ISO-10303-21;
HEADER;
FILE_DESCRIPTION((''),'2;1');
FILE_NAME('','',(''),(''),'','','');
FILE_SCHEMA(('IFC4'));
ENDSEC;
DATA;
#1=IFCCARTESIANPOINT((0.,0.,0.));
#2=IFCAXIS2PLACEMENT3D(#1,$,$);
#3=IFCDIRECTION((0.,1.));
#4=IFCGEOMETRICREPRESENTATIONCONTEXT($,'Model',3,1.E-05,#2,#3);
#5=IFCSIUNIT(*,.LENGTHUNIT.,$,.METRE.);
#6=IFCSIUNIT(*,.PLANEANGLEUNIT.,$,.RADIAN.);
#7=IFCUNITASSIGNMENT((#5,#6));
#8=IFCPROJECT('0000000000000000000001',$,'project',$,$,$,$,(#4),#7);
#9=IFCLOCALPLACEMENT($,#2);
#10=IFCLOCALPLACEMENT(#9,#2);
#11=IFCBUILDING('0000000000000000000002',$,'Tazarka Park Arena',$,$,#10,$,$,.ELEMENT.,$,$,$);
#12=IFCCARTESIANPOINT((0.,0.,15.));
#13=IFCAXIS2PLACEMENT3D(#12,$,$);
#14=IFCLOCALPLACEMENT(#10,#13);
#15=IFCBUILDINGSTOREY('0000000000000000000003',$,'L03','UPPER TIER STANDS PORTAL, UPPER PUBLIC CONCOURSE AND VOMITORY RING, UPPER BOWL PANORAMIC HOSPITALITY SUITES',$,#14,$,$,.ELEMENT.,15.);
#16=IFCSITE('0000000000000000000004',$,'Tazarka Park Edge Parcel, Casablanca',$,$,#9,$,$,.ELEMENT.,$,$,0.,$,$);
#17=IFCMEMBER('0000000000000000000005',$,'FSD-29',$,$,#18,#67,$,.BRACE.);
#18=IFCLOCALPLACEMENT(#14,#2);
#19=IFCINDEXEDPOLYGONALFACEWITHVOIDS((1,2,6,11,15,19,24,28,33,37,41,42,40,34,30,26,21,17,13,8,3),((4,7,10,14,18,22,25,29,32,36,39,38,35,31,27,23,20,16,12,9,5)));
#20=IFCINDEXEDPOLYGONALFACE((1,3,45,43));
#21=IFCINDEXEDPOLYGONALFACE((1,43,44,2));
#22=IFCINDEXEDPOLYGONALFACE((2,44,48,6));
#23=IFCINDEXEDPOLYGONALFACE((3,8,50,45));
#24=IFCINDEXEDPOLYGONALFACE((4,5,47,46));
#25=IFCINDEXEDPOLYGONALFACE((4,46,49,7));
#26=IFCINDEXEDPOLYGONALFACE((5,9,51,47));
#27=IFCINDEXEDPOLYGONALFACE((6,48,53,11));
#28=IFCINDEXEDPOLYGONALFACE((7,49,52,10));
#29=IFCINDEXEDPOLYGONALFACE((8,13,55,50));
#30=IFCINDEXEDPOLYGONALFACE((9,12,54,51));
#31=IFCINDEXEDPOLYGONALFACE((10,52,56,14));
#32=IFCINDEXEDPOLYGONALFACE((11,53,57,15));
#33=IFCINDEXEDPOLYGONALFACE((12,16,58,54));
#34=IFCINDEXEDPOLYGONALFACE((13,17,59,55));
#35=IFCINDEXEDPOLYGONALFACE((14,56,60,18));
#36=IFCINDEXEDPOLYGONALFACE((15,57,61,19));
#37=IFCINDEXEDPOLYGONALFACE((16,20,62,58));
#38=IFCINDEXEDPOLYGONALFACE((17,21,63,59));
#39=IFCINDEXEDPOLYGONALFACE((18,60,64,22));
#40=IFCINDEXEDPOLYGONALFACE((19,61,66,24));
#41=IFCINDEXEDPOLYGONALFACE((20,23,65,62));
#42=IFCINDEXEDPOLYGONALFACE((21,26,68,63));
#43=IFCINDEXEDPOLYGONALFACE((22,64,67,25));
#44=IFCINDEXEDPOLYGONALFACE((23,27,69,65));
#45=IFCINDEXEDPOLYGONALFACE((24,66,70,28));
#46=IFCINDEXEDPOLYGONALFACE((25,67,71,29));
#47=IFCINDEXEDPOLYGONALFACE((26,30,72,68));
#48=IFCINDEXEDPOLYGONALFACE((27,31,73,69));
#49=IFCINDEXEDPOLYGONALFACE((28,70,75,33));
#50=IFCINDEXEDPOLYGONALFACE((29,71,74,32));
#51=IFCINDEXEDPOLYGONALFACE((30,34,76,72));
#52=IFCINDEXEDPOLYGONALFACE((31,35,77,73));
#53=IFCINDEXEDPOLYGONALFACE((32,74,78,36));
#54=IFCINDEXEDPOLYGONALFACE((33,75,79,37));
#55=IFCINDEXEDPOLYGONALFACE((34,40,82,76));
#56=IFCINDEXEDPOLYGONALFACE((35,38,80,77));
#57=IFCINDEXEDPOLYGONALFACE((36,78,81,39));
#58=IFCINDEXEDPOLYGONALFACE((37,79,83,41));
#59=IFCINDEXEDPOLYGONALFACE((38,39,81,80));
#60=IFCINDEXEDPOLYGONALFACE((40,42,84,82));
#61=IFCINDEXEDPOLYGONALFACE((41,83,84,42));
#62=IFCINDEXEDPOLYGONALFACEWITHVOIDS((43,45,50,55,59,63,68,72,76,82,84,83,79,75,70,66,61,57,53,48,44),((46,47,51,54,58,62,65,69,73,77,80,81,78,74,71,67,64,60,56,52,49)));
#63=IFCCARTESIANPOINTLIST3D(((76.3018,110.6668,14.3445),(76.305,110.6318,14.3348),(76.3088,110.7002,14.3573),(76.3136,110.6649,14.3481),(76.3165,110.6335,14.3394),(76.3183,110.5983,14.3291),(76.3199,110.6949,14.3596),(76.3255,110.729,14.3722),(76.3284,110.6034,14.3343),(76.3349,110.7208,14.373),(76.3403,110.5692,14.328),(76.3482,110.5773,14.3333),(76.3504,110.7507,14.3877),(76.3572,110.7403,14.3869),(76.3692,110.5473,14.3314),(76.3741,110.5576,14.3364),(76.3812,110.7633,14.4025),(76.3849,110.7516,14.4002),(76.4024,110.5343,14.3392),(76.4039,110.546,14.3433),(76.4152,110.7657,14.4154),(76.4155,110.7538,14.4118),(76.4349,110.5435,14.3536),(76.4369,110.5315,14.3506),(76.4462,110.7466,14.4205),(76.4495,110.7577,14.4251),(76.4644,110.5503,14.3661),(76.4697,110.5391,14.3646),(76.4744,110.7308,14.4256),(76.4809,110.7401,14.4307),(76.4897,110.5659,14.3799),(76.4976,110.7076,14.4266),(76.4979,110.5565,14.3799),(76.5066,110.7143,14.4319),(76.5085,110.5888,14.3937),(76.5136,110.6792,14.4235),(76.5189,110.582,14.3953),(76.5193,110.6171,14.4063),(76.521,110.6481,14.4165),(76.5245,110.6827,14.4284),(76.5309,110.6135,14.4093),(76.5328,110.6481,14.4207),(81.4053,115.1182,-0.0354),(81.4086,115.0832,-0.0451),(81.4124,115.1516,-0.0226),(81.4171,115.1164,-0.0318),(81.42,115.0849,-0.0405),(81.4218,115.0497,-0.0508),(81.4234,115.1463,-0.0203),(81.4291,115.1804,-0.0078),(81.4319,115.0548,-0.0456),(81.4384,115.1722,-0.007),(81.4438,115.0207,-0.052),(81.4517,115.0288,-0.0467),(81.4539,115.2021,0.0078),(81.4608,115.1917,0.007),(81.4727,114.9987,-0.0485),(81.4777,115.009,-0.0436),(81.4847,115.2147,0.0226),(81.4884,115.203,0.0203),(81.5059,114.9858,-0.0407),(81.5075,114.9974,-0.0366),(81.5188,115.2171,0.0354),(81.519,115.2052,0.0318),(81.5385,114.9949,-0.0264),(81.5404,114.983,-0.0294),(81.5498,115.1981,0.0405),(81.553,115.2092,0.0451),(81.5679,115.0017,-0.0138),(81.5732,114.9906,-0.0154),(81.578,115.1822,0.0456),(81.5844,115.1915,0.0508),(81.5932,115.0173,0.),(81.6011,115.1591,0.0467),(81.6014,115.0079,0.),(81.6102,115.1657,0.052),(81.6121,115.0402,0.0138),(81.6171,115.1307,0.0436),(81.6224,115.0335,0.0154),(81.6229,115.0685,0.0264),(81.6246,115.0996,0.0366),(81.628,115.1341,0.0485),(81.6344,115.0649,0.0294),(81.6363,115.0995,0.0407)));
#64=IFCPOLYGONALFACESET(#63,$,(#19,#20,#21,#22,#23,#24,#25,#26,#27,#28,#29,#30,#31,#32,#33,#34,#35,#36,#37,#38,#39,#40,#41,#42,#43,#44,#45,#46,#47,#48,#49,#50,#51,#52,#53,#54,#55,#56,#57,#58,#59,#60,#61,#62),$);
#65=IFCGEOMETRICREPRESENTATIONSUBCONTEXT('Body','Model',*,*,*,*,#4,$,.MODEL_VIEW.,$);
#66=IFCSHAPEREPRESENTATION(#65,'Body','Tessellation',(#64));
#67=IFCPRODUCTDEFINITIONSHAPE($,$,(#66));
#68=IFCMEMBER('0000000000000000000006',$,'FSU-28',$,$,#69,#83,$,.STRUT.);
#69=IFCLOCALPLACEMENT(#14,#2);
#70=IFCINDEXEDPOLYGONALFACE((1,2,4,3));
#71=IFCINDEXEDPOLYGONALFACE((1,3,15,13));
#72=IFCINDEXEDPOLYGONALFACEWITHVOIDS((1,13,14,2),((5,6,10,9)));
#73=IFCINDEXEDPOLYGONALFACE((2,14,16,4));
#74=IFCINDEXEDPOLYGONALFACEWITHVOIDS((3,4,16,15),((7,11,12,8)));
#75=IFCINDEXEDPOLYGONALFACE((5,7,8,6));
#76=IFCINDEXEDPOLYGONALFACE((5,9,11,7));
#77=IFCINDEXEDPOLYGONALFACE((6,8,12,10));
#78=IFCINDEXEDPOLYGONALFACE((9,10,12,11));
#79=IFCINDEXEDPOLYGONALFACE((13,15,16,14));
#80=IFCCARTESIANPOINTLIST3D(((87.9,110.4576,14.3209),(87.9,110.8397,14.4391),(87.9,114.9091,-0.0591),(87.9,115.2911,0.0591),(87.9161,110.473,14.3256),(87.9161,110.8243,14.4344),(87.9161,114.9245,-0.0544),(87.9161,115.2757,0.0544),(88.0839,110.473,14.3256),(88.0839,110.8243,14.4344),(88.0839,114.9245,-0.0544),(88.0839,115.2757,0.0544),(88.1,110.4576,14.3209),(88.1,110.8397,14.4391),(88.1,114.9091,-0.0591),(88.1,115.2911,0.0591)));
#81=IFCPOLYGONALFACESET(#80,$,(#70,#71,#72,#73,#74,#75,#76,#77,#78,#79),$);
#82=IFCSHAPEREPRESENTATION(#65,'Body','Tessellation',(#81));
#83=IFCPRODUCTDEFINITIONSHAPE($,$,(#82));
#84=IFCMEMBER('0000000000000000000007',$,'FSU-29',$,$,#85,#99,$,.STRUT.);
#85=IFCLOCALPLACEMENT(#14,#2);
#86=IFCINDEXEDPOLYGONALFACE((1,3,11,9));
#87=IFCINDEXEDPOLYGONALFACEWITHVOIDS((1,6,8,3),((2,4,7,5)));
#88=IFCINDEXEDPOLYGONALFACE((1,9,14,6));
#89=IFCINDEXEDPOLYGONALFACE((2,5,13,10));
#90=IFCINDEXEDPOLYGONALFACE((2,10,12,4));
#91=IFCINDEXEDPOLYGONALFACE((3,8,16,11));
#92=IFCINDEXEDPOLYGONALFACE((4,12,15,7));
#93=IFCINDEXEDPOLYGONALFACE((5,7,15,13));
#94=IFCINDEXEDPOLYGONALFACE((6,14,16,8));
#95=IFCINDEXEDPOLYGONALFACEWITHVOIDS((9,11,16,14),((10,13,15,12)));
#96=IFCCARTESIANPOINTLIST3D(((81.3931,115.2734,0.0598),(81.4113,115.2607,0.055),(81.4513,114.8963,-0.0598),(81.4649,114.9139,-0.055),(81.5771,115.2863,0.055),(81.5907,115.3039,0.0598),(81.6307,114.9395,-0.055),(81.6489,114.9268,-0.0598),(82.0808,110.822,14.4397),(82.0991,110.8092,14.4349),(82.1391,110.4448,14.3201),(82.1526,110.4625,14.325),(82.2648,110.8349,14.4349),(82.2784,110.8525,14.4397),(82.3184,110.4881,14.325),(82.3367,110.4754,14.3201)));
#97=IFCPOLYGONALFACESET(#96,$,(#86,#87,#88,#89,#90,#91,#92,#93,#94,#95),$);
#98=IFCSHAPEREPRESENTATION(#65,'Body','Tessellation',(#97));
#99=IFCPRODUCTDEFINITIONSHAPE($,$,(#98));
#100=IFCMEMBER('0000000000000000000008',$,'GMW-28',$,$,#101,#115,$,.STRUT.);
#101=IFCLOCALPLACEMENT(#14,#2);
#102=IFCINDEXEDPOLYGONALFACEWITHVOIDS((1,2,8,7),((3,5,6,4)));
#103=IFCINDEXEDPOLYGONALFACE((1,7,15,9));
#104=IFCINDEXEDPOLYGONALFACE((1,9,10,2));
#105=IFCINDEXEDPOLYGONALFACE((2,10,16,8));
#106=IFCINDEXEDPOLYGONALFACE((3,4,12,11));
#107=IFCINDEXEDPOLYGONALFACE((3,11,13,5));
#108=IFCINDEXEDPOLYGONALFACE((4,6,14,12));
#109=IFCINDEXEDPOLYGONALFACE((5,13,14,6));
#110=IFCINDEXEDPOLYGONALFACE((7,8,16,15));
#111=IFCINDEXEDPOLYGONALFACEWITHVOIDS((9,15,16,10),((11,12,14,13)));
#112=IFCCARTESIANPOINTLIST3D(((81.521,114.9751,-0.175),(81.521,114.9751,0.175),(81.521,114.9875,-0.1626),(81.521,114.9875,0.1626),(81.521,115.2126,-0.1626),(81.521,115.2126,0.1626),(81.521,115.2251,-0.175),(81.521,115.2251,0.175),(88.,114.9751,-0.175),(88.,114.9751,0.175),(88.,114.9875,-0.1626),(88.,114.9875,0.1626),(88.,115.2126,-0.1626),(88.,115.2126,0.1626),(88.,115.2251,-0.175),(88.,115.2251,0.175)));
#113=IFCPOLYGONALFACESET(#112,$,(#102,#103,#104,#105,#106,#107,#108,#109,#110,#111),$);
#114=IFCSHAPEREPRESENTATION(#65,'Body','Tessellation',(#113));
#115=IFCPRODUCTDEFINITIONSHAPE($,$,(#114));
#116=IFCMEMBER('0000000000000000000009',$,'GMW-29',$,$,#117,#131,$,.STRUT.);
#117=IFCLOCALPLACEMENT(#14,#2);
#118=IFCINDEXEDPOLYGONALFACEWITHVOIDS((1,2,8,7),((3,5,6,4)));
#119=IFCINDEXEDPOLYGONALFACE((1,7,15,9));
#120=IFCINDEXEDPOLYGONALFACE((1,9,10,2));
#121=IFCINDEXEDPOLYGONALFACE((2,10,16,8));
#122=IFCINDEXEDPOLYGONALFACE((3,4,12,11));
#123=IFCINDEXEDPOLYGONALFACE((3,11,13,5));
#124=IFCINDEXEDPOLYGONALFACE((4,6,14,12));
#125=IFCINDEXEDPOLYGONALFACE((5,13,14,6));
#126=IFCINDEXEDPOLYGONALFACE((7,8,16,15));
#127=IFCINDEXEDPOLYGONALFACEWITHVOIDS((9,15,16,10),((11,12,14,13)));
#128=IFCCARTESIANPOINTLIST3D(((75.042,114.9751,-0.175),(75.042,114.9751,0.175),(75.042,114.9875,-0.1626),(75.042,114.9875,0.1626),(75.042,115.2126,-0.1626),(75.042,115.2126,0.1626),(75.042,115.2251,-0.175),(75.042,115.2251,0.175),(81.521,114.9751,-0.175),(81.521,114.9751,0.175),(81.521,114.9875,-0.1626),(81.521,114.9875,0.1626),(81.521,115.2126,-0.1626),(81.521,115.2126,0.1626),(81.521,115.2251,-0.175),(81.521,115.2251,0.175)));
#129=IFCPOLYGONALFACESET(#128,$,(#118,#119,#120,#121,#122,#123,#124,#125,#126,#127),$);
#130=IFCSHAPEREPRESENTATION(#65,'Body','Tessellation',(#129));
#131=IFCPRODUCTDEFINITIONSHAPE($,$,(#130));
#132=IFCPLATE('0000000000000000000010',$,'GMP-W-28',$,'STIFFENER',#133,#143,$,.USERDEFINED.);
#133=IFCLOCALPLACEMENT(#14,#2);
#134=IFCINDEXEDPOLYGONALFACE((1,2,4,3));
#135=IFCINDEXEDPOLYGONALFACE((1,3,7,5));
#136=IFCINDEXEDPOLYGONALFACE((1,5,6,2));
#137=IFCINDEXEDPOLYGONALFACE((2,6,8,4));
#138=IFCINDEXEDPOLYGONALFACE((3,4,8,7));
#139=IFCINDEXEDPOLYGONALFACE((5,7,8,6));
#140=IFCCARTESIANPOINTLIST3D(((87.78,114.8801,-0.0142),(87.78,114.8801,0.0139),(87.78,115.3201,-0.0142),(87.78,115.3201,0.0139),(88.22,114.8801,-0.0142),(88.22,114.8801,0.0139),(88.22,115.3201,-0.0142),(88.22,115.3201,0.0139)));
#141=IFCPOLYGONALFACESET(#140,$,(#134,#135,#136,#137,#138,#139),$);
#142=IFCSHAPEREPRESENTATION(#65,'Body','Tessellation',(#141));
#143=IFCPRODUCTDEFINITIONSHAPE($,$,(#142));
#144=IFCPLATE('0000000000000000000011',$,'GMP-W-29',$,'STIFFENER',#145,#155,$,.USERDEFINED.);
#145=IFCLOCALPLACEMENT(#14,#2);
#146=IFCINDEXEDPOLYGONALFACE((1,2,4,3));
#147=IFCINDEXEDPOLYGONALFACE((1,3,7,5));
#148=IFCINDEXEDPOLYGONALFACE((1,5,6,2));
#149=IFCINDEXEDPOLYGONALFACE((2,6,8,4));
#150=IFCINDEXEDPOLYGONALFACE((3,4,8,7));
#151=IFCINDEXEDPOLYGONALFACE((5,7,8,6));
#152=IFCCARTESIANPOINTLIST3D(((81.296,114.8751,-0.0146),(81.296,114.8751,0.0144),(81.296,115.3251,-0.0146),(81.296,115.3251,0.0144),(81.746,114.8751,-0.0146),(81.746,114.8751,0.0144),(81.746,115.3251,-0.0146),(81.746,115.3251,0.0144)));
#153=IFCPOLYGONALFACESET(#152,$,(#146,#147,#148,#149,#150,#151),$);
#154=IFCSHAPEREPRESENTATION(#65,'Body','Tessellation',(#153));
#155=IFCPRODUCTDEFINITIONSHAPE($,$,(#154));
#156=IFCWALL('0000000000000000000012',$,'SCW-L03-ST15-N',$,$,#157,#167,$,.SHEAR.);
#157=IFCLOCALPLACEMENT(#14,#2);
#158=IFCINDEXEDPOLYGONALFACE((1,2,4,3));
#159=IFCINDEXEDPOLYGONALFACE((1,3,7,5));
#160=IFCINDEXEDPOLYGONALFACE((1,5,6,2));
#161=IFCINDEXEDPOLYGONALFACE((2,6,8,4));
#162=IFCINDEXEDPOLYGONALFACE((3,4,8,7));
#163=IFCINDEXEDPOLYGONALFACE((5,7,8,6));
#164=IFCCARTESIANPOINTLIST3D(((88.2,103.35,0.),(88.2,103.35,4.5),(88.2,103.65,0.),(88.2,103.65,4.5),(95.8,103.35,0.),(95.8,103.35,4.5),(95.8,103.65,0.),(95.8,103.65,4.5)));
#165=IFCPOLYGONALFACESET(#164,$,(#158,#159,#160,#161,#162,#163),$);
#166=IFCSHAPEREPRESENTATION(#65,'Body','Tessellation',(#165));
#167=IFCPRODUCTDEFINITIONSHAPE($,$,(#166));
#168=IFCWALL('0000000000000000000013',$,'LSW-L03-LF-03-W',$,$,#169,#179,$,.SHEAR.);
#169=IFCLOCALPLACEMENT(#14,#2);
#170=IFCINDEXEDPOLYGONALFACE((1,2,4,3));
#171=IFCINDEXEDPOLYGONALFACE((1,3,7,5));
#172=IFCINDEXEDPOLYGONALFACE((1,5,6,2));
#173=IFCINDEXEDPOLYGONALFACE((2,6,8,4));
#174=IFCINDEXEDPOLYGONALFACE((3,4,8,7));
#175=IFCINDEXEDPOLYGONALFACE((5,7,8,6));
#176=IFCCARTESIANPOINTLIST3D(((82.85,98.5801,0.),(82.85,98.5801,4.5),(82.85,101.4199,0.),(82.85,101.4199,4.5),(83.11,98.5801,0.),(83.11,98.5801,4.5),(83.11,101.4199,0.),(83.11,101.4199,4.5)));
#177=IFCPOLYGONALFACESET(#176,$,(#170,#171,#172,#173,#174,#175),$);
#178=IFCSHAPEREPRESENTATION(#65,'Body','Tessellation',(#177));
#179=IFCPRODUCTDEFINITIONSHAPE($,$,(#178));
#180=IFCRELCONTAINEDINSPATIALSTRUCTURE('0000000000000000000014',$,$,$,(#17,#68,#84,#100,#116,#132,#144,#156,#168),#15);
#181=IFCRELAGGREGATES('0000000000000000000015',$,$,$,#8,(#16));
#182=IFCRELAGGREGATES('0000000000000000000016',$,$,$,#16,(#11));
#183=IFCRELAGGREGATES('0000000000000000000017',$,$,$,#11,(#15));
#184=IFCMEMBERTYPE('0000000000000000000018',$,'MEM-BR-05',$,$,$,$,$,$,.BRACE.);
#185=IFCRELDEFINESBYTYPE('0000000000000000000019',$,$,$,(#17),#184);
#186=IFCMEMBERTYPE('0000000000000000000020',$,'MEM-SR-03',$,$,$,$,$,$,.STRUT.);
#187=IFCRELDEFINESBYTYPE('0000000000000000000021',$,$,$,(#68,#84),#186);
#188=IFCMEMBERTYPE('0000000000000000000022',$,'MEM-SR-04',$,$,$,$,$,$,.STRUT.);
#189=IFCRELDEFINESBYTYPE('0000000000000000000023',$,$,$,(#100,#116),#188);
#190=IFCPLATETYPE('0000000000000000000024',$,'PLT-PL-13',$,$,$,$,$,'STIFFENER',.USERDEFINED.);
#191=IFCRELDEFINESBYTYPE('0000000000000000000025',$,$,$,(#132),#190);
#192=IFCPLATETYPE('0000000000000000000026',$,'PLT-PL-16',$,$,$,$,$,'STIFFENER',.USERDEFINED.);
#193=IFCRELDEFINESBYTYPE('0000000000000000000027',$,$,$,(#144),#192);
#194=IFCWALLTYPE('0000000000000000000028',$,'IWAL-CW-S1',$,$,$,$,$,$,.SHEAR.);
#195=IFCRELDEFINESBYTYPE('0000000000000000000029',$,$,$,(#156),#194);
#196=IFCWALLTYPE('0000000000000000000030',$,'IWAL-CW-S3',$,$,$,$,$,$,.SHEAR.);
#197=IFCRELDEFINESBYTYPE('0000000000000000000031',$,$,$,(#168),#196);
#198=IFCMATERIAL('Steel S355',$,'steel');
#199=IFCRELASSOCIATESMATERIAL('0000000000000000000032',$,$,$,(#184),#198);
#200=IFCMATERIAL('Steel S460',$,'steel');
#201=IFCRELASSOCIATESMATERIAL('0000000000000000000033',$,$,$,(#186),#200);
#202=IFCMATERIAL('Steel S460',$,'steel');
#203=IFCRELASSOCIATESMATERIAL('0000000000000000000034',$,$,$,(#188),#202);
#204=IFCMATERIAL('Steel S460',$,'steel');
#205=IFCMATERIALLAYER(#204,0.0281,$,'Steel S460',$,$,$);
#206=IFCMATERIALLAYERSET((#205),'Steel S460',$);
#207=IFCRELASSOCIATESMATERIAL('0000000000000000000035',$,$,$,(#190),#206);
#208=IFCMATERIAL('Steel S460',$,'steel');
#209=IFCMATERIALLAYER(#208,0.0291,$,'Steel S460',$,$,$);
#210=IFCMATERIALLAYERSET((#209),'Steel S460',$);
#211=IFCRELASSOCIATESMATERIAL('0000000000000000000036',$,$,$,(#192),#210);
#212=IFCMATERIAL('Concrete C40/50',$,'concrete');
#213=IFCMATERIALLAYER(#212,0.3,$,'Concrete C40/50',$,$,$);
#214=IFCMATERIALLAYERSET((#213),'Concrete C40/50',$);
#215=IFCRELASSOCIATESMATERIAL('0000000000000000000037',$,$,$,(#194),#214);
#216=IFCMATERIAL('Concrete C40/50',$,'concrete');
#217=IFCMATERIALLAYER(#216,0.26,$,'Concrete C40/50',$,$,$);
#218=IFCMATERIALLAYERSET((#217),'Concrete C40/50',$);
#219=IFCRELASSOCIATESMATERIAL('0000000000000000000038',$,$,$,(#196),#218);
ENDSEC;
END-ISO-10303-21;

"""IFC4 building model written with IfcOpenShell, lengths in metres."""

from ifc_helpers import new_model, si_unit, direction, frame, frame_2d, origin, origin_2d, place, context, subcontext, project, spatial, rectangle, hollow_rectangle, hollow_circle, extrude, material, layer, layer_set, material_profile, profile_set, type_object, element, save


model = new_model("IFC4")

# Units and contexts
model_context = context("Model", 3, precision=1e-05, world=origin(), true_north=direction((0.0, 1.0)))
body_context = subcontext(model_context, "Body", "Model", "MODEL_VIEW")
ifc_project = project(units=[si_unit("LENGTHUNIT", "METRE"), si_unit("PLANEANGLEUNIT", "RADIAN")], contexts=[model_context])

# Site, building, storey
site_placement = place(None, origin())
site = spatial("IfcSite", under=ifc_project, at=site_placement, Name="Tazarka Park Edge Parcel, Casablanca", CompositionType="ELEMENT", RefElevation=0.0)
building_placement = place(site_placement, origin())
building = spatial("IfcBuilding", under=site, at=building_placement, Name="Tazarka Park Arena", CompositionType="ELEMENT")
storey_placement = place(building_placement, frame((0.0, 0.0, 15.0)))
storey = spatial("IfcBuildingStorey", under=building, at=storey_placement, Name="L03", Description="UPPER TIER STANDS PORTAL, UPPER PUBLIC CONCOURSE AND VOMITORY RING, UPPER BOWL PANORAMIC HOSPITALITY SUITES", CompositionType="ELEMENT", Elevation=15.0)

# Members
ifc_material_1 = material(Name="Steel S355", Category="steel")
ifc_material_profile_1 = material_profile(ifc_material_1, hollow_circle(Radius=0.1223, WallThickness=0.0125, at=origin_2d()), Name="Steel S355")
ifc_profile_set_1 = profile_set([ifc_material_profile_1], Name="Steel S355")
member_type_1 = type_object("IfcMemberType", Name="MEM-BR-05", PredefinedType="BRACE", material=ifc_profile_set_1)
member_1_placement = place(storey_placement, frame((81.521, 115.1001, 0.0), z_axis=(-0.321083, -0.280056, 0.904696), x_axis=(0.65732, -0.753612, 0.0)))
element("IfcMember", 1, at=member_1_placement, inside=storey, type_object=member_type_1, Name="FSD-29", PredefinedType="BRACE", context=body_context, shape_type="SweptSolid", body=[
    extrude(hollow_circle(Radius=0.1223, WallThickness=0.0125, at=origin_2d()), origin(), (0.0, 0.0, 1.0), 15.8948),
])
ifc_material_2 = material(Name="Steel S460", Category="steel")
ifc_material_profile_2 = material_profile(ifc_material_2, hollow_rectangle(XDim=0.2, YDim=0.3999, WallThickness=0.0161, at=origin_2d()), Name="Steel S460")
ifc_profile_set_2 = profile_set([ifc_material_profile_2], Name="Steel S460")
member_type_2 = type_object("IfcMemberType", Name="MEM-SR-03", PredefinedType="STRUT", material=ifc_profile_set_2)
member_2_placement = place(storey_placement, frame((88.0, 115.1001, 0.0), z_axis=(0.0, -0.295714, 0.955277), x_axis=(1.0, 0.0, 0.0)))
element("IfcMember", 2, at=member_2_placement, inside=storey, type_object=member_type_2, Name="FSU-28", PredefinedType="STRUT", context=body_context, shape_type="SweptSolid", body=[
    extrude(hollow_rectangle(XDim=0.2, YDim=0.3999, WallThickness=0.0161, at=origin_2d()), origin(), (0.0, 0.0, 1.0), 15.0532),
])
member_3_placement = place(storey_placement, frame((81.521, 115.1001, 0.0), z_axis=(0.04564, -0.295406, 0.954281), x_axis=(0.988274, 0.152688, 0.0)))
element("IfcMember", 3, at=member_3_placement, inside=storey, type_object=member_type_2, Name="FSU-29", PredefinedType="STRUT", context=body_context, shape_type="SweptSolid", body=[
    extrude(hollow_rectangle(XDim=0.2, YDim=0.3999, WallThickness=0.0161, at=origin_2d()), origin(), (0.0, 0.0, 1.0), 15.0688),
])
ifc_material_3 = material(Name="Steel S460", Category="steel")
ifc_material_profile_3 = material_profile(ifc_material_3, hollow_rectangle(XDim=0.25, YDim=0.3501, WallThickness=0.0125, at=origin_2d()), Name="Steel S460")
ifc_profile_set_3 = profile_set([ifc_material_profile_3], Name="Steel S460")
member_type_3 = type_object("IfcMemberType", Name="MEM-SR-04", PredefinedType="STRUT", material=ifc_profile_set_3)
for number, where, z_axis, x_axis, name in (
    (4, (88.0, 115.1001, 0.0), (-1.0, 0.0, 0.0), (0.0, -1.0, 0.0), "GMW-28"),
    (5, (81.521, 115.1001, 0.0), (-1.0, 0.0, 0.0), (0.0, -1.0, 0.0), "GMW-29"),
):
    element("IfcMember", number, at=place(storey_placement, frame(where, z_axis=z_axis, x_axis=x_axis)), inside=storey, type_object=member_type_3, Name=name, PredefinedType="STRUT", context=body_context, shape_type="SweptSolid", body=[
        extrude(hollow_rectangle(XDim=0.25, YDim=0.3501, WallThickness=0.0125, at=origin_2d()), origin(), (0.0, 0.0, 1.0), 6.479),
    ])

# Plates
ifc_material_4 = material(Name="Steel S460", Category="steel")
ifc_layer_1 = layer(ifc_material_4, 0.0281, Name="Steel S460")
ifc_layer_set_1 = layer_set([ifc_layer_1], Name="Steel S460")
plate_type_1 = type_object("IfcPlateType", Name="PLT-PL-13", ElementType="STIFFENER", PredefinedType="USERDEFINED", material=ifc_layer_set_1)
plate_1_placement = place(storey_placement, frame((88.0, 115.1001, -0.0142), z_axis=(0.0, 0.0, 1.0), x_axis=(1.0, 0.0, 0.0)))
element("IfcPlate", 6, at=plate_1_placement, inside=storey, type_object=plate_type_1, Name="GMP-W-28", ObjectType="STIFFENER", PredefinedType="USERDEFINED", context=body_context, shape_type="SweptSolid", body=[
    extrude(rectangle(XDim=0.4399, YDim=0.4399, at=origin_2d()), origin(), (0.0, 0.0, 1.0), 0.0281),
])
ifc_material_5 = material(Name="Steel S460", Category="steel")
ifc_layer_2 = layer(ifc_material_5, 0.0291, Name="Steel S460")
ifc_layer_set_2 = layer_set([ifc_layer_2], Name="Steel S460")
plate_type_2 = type_object("IfcPlateType", Name="PLT-PL-16", ElementType="STIFFENER", PredefinedType="USERDEFINED", material=ifc_layer_set_2)
plate_2_placement = place(storey_placement, frame((81.521, 115.1001, -0.0146), z_axis=(0.0, 0.0, 1.0), x_axis=(1.0, 0.0, 0.0)))
element("IfcPlate", 7, at=plate_2_placement, inside=storey, type_object=plate_type_2, Name="GMP-W-29", ObjectType="STIFFENER", PredefinedType="USERDEFINED", context=body_context, shape_type="SweptSolid", body=[
    extrude(rectangle(XDim=0.45, YDim=0.45, at=origin_2d()), origin(), (0.0, 0.0, 1.0), 0.0291),
])

# Walls
ifc_material_6 = material(Name="Concrete C40/50", Category="concrete")
ifc_layer_3 = layer(ifc_material_6, 0.3, Name="Concrete C40/50")
ifc_layer_set_3 = layer_set([ifc_layer_3], Name="Concrete C40/50")
wall_type_1 = type_object("IfcWallType", Name="IWAL-CW-S1", PredefinedType="SHEAR", material=ifc_layer_set_3)
wall_1_placement = place(storey_placement, frame((88.2, 103.5, 0.0), z_axis=(0.0, 0.0, 1.0), x_axis=(1.0, 0.0, 0.0)))
element("IfcWall", 8, at=wall_1_placement, inside=storey, type_object=wall_type_1, Name="SCW-L03-ST15-N", PredefinedType="SHEAR", context=body_context, shape_type="SweptSolid", body=[
    extrude(rectangle(XDim=7.6001, YDim=0.3, at=frame_2d((3.8, 0.0))), origin(), (0.0, 0.0, 1.0), 4.5),
])
ifc_material_7 = material(Name="Concrete C40/50", Category="concrete")
ifc_layer_4 = layer(ifc_material_7, 0.26, Name="Concrete C40/50")
ifc_layer_set_4 = layer_set([ifc_layer_4], Name="Concrete C40/50")
wall_type_2 = type_object("IfcWallType", Name="IWAL-CW-S3", PredefinedType="SHEAR", material=ifc_layer_set_4)
wall_2_placement = place(storey_placement, frame((82.98, 98.5801, 0.0), z_axis=(0.0, 0.0, 1.0), x_axis=(0.0, 1.0, 0.0)))
element("IfcWall", 9, at=wall_2_placement, inside=storey, type_object=wall_type_2, Name="LSW-L03-LF-03-W", PredefinedType="SHEAR", context=body_context, shape_type="SweptSolid", body=[
    extrude(rectangle(XDim=2.8398, YDim=0.26, at=frame_2d((1.4199, 0.0))), origin(), (0.0, 0.0, 1.0), 4.5),
])

save(model, "model.ifc")
